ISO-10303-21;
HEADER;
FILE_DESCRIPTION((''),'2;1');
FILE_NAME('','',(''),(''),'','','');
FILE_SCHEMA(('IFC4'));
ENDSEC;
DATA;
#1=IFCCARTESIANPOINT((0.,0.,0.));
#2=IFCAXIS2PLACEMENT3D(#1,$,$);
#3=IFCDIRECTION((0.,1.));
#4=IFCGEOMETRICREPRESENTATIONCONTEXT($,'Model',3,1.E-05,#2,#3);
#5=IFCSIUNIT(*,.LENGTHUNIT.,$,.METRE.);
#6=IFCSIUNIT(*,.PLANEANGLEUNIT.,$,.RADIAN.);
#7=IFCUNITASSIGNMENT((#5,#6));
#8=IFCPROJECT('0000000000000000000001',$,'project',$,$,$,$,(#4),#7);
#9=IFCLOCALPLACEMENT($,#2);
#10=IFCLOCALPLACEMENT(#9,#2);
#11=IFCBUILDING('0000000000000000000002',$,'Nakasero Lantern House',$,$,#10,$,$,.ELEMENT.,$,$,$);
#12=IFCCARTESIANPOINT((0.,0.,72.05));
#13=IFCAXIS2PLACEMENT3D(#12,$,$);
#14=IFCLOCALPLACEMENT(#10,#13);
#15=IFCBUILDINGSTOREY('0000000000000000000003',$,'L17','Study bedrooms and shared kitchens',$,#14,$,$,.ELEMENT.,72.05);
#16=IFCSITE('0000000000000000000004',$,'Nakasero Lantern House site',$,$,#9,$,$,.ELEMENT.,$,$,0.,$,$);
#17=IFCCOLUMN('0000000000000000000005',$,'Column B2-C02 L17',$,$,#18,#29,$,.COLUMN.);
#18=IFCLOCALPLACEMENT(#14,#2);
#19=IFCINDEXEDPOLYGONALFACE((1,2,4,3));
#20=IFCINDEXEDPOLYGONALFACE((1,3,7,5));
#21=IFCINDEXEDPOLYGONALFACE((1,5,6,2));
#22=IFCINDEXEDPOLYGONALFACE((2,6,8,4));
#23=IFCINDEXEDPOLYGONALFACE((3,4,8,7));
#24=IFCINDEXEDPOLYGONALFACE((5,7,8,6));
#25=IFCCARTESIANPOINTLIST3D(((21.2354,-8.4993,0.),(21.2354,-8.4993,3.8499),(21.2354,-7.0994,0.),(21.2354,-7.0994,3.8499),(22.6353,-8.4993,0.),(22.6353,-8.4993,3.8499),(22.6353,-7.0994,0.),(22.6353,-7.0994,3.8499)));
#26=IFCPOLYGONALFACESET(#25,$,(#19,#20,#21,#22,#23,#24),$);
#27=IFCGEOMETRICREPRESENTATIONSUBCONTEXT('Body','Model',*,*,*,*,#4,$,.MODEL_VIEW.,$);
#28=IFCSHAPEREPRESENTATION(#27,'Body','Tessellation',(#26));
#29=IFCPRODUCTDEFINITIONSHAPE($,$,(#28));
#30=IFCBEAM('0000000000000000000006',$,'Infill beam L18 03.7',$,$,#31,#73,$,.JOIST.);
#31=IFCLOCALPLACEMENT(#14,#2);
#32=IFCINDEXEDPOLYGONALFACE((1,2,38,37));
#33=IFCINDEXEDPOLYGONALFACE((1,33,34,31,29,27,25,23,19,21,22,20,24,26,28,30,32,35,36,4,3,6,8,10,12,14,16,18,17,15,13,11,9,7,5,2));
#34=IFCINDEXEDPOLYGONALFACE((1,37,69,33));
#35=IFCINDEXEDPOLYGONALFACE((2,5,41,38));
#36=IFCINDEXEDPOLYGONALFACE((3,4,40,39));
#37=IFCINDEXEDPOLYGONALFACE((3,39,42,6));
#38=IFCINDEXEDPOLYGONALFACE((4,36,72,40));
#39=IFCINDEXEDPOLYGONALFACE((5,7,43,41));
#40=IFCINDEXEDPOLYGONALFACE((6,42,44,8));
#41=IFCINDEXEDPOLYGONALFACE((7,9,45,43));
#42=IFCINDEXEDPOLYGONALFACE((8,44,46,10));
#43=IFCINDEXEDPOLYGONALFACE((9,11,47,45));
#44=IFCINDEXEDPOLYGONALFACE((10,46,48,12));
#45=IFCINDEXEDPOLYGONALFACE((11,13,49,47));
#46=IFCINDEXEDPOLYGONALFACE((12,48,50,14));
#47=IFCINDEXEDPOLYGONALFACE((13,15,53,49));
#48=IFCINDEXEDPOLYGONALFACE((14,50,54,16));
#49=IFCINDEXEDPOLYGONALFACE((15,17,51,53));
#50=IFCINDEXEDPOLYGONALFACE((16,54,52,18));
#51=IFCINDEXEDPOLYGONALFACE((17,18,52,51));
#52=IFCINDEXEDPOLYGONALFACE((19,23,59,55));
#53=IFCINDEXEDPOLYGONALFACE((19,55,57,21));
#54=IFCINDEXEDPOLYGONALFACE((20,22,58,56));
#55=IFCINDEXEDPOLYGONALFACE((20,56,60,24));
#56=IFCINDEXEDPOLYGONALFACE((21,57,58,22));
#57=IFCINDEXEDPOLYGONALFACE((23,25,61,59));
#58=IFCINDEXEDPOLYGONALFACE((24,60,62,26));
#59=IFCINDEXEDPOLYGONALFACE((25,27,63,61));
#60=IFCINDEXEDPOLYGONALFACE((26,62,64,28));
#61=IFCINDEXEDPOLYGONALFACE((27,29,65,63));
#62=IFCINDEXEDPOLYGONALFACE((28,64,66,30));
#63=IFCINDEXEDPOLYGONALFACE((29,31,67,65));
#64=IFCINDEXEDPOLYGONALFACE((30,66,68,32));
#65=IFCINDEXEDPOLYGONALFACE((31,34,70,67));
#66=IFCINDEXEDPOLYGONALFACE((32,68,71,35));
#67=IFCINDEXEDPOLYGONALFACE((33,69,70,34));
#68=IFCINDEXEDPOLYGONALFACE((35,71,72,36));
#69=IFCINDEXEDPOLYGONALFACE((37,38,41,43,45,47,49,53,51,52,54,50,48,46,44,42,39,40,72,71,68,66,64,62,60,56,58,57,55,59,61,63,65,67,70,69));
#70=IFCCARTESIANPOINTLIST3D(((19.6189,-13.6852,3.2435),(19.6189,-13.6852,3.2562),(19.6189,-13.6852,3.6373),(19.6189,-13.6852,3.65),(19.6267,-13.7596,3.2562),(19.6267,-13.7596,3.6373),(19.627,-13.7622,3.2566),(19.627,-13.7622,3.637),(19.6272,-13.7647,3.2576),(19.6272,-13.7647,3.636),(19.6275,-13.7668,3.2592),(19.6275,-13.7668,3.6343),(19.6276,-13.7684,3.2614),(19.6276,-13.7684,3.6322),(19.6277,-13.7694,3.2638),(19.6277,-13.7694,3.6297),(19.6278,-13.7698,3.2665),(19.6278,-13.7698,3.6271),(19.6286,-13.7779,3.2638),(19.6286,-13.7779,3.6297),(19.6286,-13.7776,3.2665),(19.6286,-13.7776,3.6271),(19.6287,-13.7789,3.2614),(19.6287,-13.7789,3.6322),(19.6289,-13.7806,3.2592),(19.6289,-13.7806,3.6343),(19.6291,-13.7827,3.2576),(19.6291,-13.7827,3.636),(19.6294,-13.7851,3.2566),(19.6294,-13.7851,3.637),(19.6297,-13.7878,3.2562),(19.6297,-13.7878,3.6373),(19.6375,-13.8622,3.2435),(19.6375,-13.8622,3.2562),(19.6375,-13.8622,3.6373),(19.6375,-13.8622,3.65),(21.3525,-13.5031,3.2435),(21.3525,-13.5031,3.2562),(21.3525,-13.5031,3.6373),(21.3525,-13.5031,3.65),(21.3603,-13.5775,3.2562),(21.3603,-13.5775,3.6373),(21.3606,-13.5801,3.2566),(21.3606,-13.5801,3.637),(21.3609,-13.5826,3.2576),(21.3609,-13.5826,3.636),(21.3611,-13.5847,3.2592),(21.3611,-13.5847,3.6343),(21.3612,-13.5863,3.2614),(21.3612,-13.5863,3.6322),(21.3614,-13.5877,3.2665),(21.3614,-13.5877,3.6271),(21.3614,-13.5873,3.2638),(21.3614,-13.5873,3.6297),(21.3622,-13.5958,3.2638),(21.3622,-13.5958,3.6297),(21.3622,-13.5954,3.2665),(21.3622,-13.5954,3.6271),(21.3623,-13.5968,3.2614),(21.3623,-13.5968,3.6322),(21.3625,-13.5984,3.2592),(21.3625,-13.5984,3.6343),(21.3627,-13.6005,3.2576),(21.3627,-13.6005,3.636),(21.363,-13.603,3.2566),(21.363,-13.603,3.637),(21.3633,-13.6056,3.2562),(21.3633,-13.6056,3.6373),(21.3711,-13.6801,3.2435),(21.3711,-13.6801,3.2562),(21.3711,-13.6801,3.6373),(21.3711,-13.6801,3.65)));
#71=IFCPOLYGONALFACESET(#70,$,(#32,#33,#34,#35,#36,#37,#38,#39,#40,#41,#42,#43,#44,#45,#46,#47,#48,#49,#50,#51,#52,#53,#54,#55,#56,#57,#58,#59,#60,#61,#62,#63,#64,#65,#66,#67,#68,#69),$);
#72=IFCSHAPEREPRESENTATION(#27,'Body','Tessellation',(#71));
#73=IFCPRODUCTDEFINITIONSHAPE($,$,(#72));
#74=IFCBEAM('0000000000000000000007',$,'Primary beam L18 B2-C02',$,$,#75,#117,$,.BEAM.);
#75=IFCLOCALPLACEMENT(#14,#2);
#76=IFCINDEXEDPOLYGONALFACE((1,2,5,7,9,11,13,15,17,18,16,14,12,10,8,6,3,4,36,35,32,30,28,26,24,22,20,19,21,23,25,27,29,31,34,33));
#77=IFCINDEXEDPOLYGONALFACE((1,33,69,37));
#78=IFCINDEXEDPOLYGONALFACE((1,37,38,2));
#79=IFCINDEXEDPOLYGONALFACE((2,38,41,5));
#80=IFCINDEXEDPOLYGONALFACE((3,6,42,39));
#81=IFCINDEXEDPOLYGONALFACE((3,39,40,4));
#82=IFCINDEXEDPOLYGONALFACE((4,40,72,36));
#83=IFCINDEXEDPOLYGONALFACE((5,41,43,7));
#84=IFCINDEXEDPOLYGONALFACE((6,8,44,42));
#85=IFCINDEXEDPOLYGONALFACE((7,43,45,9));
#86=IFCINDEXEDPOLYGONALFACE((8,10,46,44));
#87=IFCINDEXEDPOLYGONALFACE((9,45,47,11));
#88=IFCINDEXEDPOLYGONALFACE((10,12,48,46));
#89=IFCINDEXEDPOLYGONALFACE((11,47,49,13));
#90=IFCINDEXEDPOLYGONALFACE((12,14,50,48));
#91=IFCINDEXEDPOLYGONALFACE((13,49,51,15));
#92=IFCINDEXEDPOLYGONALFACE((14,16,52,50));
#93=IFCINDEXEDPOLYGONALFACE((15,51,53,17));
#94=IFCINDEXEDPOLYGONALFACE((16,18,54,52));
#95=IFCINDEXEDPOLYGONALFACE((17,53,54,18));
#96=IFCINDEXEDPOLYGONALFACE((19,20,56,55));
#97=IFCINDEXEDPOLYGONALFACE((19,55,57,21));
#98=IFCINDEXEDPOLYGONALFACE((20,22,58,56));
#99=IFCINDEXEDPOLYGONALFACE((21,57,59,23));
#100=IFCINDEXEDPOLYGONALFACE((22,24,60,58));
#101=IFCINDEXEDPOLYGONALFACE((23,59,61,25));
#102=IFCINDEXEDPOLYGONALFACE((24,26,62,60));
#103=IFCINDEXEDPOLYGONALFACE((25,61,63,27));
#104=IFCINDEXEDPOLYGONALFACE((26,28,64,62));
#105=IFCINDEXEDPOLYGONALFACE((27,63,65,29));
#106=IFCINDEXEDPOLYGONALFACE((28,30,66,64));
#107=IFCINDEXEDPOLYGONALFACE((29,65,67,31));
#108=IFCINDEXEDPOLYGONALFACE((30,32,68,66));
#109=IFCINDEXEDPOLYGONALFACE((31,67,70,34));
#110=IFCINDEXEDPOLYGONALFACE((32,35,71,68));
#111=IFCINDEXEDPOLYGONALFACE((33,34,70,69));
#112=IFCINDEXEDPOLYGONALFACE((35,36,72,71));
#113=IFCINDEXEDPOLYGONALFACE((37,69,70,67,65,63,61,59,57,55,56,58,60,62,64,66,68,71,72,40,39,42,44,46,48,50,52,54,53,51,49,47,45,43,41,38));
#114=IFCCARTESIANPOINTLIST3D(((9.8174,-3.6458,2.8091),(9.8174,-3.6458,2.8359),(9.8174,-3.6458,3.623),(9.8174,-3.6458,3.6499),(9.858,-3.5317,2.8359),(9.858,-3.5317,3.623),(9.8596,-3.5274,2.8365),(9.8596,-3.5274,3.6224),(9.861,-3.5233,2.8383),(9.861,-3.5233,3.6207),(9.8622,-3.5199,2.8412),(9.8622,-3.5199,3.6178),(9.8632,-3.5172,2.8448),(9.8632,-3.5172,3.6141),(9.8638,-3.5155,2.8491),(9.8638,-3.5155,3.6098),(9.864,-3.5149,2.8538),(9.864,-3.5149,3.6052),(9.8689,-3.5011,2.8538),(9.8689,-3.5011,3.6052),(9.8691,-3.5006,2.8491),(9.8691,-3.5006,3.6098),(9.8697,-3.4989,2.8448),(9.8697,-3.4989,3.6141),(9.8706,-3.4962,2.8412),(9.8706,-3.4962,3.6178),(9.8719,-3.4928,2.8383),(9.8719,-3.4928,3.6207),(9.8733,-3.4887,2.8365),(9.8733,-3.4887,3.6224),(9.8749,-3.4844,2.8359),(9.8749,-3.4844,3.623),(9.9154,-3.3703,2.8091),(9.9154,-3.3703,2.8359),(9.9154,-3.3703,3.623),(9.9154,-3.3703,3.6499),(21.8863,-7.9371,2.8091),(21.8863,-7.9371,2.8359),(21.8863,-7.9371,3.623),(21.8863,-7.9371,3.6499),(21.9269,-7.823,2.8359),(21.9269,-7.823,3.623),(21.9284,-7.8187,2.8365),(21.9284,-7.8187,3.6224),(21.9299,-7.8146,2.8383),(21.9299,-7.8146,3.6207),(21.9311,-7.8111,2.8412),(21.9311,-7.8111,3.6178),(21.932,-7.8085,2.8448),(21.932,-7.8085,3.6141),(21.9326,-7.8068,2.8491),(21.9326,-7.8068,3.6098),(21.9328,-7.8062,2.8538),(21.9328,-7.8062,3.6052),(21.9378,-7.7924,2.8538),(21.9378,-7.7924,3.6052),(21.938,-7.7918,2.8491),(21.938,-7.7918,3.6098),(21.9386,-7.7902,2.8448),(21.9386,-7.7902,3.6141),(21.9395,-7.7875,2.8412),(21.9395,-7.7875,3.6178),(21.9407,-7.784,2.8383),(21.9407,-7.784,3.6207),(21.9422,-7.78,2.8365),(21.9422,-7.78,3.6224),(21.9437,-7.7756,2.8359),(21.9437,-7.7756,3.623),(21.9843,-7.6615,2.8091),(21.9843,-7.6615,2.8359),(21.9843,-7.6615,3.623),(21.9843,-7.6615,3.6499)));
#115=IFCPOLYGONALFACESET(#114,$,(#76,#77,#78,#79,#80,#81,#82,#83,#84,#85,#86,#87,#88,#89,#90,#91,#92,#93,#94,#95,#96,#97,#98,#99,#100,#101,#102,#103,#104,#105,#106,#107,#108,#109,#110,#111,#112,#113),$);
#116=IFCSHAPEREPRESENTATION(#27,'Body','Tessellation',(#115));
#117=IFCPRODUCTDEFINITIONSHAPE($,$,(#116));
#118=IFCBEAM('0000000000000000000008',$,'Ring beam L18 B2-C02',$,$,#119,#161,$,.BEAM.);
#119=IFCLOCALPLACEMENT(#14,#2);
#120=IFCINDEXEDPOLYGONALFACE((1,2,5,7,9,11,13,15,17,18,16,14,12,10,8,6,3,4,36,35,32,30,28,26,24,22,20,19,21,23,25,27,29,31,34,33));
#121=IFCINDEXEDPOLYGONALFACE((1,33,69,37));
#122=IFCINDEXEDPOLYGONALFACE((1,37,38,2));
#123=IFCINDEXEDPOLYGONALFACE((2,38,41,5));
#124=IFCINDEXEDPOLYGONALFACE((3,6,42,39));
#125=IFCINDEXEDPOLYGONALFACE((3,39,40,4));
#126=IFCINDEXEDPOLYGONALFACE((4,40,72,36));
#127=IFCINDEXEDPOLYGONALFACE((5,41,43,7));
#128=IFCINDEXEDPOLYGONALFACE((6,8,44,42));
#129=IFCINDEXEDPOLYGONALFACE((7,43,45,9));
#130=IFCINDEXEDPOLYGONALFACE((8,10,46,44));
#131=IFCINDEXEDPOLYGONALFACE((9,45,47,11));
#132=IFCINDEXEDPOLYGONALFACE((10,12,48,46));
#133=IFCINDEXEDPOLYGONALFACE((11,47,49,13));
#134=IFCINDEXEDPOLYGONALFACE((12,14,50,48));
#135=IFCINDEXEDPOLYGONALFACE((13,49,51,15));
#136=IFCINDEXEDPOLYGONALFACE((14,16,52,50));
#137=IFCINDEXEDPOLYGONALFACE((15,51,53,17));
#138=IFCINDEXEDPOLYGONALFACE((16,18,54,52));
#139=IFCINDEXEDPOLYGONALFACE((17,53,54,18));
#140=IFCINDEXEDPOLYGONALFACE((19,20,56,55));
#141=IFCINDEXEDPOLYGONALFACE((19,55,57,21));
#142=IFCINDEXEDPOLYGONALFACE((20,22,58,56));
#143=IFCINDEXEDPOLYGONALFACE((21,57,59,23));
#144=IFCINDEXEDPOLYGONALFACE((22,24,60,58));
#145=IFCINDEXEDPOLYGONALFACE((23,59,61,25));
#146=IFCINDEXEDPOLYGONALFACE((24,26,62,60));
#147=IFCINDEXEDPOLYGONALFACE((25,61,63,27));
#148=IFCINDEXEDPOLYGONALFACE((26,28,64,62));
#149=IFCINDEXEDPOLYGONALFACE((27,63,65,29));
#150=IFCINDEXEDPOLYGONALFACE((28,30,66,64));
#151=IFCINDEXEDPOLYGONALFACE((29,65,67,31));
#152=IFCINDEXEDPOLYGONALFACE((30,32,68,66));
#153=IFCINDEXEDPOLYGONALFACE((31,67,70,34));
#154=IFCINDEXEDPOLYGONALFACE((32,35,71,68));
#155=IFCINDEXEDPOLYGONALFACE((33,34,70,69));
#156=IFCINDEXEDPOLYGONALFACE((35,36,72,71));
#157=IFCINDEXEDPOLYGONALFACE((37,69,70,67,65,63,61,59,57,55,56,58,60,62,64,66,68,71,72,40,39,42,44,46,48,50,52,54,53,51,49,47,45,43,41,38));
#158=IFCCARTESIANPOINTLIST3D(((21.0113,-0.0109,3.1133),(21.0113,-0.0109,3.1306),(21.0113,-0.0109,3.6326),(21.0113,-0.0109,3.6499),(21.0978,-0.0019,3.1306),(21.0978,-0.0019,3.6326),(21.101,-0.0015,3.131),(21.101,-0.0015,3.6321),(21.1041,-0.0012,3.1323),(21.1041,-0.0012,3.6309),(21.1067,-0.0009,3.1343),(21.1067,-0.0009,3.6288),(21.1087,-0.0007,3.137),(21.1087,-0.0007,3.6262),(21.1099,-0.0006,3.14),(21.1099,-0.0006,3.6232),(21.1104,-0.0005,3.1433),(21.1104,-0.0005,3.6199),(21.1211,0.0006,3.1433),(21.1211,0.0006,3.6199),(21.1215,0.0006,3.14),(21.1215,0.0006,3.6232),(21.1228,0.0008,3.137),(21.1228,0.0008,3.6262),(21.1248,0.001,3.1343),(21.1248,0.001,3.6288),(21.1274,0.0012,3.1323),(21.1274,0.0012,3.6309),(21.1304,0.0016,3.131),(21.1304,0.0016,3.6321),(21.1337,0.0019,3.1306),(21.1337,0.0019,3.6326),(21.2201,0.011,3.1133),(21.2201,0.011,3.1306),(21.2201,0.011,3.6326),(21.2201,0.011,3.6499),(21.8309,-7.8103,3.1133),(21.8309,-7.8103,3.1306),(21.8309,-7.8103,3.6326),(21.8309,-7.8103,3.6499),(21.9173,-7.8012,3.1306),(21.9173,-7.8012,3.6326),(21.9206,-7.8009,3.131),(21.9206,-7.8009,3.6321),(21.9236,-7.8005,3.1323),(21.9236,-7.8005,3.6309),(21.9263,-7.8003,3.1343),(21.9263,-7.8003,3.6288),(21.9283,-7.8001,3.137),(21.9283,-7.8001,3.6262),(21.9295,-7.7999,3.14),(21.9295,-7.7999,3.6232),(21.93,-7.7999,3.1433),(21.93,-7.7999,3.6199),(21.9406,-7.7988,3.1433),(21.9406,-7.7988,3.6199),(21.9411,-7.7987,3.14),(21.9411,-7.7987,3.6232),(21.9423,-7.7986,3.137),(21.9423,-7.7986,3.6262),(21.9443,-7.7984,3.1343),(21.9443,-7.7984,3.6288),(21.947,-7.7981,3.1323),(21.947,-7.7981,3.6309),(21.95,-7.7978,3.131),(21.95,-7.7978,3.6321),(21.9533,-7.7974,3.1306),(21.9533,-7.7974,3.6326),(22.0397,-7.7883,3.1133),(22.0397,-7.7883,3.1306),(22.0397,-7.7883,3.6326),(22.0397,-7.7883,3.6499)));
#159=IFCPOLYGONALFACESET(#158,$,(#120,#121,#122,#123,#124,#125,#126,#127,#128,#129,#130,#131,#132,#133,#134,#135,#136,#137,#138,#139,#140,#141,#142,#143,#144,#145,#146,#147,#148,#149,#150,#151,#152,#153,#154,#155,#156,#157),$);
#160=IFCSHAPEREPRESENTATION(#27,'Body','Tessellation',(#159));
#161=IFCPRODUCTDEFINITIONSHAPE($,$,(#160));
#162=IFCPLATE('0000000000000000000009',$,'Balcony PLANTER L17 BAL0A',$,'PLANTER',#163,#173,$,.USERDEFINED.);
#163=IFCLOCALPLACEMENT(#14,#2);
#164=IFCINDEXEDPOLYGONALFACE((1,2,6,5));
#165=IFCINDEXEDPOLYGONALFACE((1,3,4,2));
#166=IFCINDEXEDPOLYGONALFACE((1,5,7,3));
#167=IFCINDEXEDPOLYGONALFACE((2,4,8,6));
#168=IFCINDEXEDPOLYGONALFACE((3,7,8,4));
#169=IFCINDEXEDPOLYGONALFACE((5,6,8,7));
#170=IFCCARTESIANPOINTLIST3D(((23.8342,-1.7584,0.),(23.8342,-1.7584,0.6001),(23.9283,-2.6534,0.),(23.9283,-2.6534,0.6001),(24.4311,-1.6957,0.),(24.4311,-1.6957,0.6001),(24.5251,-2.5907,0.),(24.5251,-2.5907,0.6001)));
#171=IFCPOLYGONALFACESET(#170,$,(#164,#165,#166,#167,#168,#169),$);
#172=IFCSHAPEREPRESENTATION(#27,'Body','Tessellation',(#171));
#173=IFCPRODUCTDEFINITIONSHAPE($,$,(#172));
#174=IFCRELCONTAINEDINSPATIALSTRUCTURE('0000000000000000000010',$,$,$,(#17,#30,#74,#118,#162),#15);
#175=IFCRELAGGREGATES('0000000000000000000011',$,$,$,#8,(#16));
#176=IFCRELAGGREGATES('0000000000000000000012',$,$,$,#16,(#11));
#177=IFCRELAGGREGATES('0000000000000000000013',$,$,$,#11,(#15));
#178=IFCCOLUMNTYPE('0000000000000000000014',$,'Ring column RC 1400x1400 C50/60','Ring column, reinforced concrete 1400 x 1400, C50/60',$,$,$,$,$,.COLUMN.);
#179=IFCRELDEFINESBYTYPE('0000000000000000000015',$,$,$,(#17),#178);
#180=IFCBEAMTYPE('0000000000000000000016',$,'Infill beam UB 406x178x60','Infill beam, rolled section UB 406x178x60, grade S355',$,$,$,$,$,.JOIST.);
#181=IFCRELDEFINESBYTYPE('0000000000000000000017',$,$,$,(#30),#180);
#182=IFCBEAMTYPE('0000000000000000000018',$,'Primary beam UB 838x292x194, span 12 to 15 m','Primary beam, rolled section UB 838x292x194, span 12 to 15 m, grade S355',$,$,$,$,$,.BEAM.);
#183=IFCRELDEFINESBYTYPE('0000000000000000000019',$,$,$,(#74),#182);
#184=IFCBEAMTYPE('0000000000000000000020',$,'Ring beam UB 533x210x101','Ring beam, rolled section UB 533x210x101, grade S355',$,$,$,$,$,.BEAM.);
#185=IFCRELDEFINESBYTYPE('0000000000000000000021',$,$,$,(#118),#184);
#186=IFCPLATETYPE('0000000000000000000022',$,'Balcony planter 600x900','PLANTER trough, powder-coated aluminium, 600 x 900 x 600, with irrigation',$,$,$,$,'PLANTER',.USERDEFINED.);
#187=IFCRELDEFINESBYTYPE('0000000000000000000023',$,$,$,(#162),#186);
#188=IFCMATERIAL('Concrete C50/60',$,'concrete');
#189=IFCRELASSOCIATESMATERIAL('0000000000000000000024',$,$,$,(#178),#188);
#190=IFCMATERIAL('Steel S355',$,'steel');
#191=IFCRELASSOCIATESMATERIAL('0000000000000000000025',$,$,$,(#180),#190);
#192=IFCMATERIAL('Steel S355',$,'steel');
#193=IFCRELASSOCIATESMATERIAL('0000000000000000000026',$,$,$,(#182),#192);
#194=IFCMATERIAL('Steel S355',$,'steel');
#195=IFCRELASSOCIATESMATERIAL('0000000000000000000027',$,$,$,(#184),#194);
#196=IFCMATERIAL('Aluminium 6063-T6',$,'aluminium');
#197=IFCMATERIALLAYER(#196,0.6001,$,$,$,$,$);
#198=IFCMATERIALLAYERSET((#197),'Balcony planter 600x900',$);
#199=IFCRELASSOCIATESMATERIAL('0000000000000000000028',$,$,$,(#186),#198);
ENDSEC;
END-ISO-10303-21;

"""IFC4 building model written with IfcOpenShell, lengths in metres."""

from ifc_helpers import new_model, si_unit, direction, frame, origin, origin_2d, place, context, subcontext, project, spatial, rectangle, i_section, extrude, material, layer, layer_set, material_profile, profile_set, type_object, element, save


model = new_model("IFC4")

# Units and contexts
model_context = context("Model", 3, precision=1e-05, world=origin(), true_north=direction((0.0, 1.0)))
body_context = subcontext(model_context, "Body", "Model", "MODEL_VIEW")
ifc_project = project(units=[si_unit("LENGTHUNIT", "METRE"), si_unit("PLANEANGLEUNIT", "RADIAN")], contexts=[model_context])

# Site, building, storey
site_placement = place(None, origin())
site = spatial("IfcSite", under=ifc_project, at=site_placement, Name="Nakasero Lantern House site", CompositionType="ELEMENT", RefElevation=0.0)
building_placement = place(site_placement, origin())
building = spatial("IfcBuilding", under=site, at=building_placement, Name="Nakasero Lantern House", CompositionType="ELEMENT")
storey_placement = place(building_placement, frame((0.0, 0.0, 72.05)))
storey = spatial("IfcBuildingStorey", under=building, at=storey_placement, Name="L17", Description="Study bedrooms and shared kitchens", CompositionType="ELEMENT", Elevation=72.05)

# Column
ifc_material_1 = material(Name="Concrete C50/60", Category="concrete")
ifc_material_profile_1 = material_profile(ifc_material_1, rectangle(XDim=1.3999, YDim=1.3999, at=origin_2d()), Name="RC 1400x1400")
ifc_profile_set_1 = profile_set([ifc_material_profile_1], Name="Concrete C50/60")
column_type = type_object("IfcColumnType", Name="Ring column RC 1400x1400 C50/60", Description="Ring column, reinforced concrete 1400 x 1400, C50/60", PredefinedType="COLUMN", material=ifc_profile_set_1)
column_placement = place(storey_placement, frame((21.9353, -7.7993, 0.0), z_axis=(0.0, 0.0, 1.0), x_axis=(1.0, 0.0, 0.0)))
element("IfcColumn", 1, at=column_placement, inside=storey, type_object=column_type, Name="Column B2-C02 L17", PredefinedType="COLUMN", context=body_context, shape_type="SweptSolid", body=[
    extrude(rectangle(XDim=1.3999, YDim=1.3999, at=origin_2d()), origin(), (0.0, 0.0, 1.0), 3.8499),
])

# Beams
ifc_material_2 = material(Name="Steel S355", Category="steel")
ifc_material_profile_2 = material_profile(ifc_material_2, i_section(OverallWidth=0.178, OverallDepth=0.4065, WebThickness=0.0078, FlangeThickness=0.0127, FilletRadius=0.0103, at=origin_2d()), Name="UB 406x178x60")
ifc_profile_set_2 = profile_set([ifc_material_profile_2], Name="Steel S355")
beam_type_1 = type_object("IfcBeamType", Name="Infill beam UB 406x178x60", Description="Infill beam, rolled section UB 406x178x60, grade S355", PredefinedType="JOIST", material=ifc_profile_set_2)
beam_1_placement = place(storey_placement, frame((19.6282, -13.7737, 3.4468), z_axis=(0.994527, 0.104481, 0.0), x_axis=(-0.104481, 0.994527, 0.0)))
element("IfcBeam", 2, at=beam_1_placement, inside=storey, type_object=beam_type_1, Name="Infill beam L18 03.7", PredefinedType="JOIST", context=body_context, shape_type="SweptSolid", body=[
    extrude(i_section(OverallWidth=0.178, OverallDepth=0.4065, WebThickness=0.0078, FlangeThickness=0.0127, FilletRadius=0.0103, at=origin_2d()), origin(), (0.0, 0.0, 1.0), 1.7432),
])
ifc_material_3 = material(Name="Steel S355", Category="steel")
ifc_material_profile_3 = material_profile(ifc_material_3, i_section(OverallWidth=0.2925, OverallDepth=0.8408, WebThickness=0.0146, FlangeThickness=0.0269, FilletRadius=0.0178, at=origin_2d()), Name="UB 838x292x194")
ifc_profile_set_3 = profile_set([ifc_material_profile_3], Name="Steel S355")
beam_type_2 = type_object("IfcBeamType", Name="Primary beam UB 838x292x194, span 12 to 15 m", Description="Primary beam, rolled section UB 838x292x194, span 12 to 15 m, grade S355", PredefinedType="BEAM", material=ifc_profile_set_3)
beam_2_placement = place(storey_placement, frame((21.9353, -7.7993, 3.2295), z_axis=(-0.942212, 0.335018, 0.0), x_axis=(-0.335018, -0.942212, 0.0)))
element("IfcBeam", 3, at=beam_2_placement, inside=storey, type_object=beam_type_2, Name="Primary beam L18 B2-C02", PredefinedType="BEAM", context=body_context, shape_type="SweptSolid", body=[
    extrude(i_section(OverallWidth=0.2925, OverallDepth=0.8408, WebThickness=0.0146, FlangeThickness=0.0269, FilletRadius=0.0178, at=origin_2d()), origin(), (0.0, 0.0, 1.0), 12.8091),
])
ifc_material_4 = material(Name="Steel S355", Category="steel")
ifc_material_profile_4 = material_profile(ifc_material_4, i_section(OverallWidth=0.21, OverallDepth=0.5366, WebThickness=0.0107, FlangeThickness=0.0173, FilletRadius=0.0127, at=origin_2d()), Name="UB 533x210x101")
ifc_profile_set_4 = profile_set([ifc_material_profile_4], Name="Steel S355")
beam_type_3 = type_object("IfcBeamType", Name="Ring beam UB 533x210x101", Description="Ring beam, rolled section UB 533x210x101, grade S355", PredefinedType="BEAM", material=ifc_profile_set_4)
beam_3_placement = place(storey_placement, frame((21.9353, -7.7993, 3.3816), z_axis=(-0.104508, 0.994524, 0.0), x_axis=(-0.994524, -0.104508, 0.0)))
element("IfcBeam", 4, at=beam_3_placement, inside=storey, type_object=beam_type_3, Name="Ring beam L18 B2-C02", PredefinedType="BEAM", context=body_context, shape_type="SweptSolid", body=[
    extrude(i_section(OverallWidth=0.21, OverallDepth=0.5366, WebThickness=0.0107, FlangeThickness=0.0173, FilletRadius=0.0127, at=origin_2d()), origin(), (0.0, 0.0, 1.0), 7.8423),
])

# Plate
ifc_material_5 = material(Name="Aluminium 6063-T6", Category="aluminium")
ifc_layer_1 = layer(ifc_material_5, 0.6001)
ifc_layer_set_1 = layer_set([ifc_layer_1], Name="Balcony planter 600x900")
plate_type_1 = type_object("IfcPlateType", Name="Balcony planter 600x900", Description="PLANTER trough, powder-coated aluminium, 600 x 900 x 600, with irrigation", ElementType="PLANTER", PredefinedType="USERDEFINED", material=ifc_layer_set_1)
plate_1_placement = place(storey_placement, frame((24.1797, -2.1746, 0.0), z_axis=(0.0, 0.0, 1.0), x_axis=(0.994522, 0.104528, 0.0)))
element("IfcPlate", 5, at=plate_1_placement, inside=storey, type_object=plate_type_1, Name="Balcony PLANTER L17 BAL0A", ObjectType="PLANTER", PredefinedType="USERDEFINED", context=body_context, shape_type="SweptSolid", body=[
    extrude(rectangle(XDim=0.6001, YDim=0.8999, at=origin_2d()), origin(), (0.0, 0.0, 1.0), 0.6001),
])

save(model, "model.ifc")
